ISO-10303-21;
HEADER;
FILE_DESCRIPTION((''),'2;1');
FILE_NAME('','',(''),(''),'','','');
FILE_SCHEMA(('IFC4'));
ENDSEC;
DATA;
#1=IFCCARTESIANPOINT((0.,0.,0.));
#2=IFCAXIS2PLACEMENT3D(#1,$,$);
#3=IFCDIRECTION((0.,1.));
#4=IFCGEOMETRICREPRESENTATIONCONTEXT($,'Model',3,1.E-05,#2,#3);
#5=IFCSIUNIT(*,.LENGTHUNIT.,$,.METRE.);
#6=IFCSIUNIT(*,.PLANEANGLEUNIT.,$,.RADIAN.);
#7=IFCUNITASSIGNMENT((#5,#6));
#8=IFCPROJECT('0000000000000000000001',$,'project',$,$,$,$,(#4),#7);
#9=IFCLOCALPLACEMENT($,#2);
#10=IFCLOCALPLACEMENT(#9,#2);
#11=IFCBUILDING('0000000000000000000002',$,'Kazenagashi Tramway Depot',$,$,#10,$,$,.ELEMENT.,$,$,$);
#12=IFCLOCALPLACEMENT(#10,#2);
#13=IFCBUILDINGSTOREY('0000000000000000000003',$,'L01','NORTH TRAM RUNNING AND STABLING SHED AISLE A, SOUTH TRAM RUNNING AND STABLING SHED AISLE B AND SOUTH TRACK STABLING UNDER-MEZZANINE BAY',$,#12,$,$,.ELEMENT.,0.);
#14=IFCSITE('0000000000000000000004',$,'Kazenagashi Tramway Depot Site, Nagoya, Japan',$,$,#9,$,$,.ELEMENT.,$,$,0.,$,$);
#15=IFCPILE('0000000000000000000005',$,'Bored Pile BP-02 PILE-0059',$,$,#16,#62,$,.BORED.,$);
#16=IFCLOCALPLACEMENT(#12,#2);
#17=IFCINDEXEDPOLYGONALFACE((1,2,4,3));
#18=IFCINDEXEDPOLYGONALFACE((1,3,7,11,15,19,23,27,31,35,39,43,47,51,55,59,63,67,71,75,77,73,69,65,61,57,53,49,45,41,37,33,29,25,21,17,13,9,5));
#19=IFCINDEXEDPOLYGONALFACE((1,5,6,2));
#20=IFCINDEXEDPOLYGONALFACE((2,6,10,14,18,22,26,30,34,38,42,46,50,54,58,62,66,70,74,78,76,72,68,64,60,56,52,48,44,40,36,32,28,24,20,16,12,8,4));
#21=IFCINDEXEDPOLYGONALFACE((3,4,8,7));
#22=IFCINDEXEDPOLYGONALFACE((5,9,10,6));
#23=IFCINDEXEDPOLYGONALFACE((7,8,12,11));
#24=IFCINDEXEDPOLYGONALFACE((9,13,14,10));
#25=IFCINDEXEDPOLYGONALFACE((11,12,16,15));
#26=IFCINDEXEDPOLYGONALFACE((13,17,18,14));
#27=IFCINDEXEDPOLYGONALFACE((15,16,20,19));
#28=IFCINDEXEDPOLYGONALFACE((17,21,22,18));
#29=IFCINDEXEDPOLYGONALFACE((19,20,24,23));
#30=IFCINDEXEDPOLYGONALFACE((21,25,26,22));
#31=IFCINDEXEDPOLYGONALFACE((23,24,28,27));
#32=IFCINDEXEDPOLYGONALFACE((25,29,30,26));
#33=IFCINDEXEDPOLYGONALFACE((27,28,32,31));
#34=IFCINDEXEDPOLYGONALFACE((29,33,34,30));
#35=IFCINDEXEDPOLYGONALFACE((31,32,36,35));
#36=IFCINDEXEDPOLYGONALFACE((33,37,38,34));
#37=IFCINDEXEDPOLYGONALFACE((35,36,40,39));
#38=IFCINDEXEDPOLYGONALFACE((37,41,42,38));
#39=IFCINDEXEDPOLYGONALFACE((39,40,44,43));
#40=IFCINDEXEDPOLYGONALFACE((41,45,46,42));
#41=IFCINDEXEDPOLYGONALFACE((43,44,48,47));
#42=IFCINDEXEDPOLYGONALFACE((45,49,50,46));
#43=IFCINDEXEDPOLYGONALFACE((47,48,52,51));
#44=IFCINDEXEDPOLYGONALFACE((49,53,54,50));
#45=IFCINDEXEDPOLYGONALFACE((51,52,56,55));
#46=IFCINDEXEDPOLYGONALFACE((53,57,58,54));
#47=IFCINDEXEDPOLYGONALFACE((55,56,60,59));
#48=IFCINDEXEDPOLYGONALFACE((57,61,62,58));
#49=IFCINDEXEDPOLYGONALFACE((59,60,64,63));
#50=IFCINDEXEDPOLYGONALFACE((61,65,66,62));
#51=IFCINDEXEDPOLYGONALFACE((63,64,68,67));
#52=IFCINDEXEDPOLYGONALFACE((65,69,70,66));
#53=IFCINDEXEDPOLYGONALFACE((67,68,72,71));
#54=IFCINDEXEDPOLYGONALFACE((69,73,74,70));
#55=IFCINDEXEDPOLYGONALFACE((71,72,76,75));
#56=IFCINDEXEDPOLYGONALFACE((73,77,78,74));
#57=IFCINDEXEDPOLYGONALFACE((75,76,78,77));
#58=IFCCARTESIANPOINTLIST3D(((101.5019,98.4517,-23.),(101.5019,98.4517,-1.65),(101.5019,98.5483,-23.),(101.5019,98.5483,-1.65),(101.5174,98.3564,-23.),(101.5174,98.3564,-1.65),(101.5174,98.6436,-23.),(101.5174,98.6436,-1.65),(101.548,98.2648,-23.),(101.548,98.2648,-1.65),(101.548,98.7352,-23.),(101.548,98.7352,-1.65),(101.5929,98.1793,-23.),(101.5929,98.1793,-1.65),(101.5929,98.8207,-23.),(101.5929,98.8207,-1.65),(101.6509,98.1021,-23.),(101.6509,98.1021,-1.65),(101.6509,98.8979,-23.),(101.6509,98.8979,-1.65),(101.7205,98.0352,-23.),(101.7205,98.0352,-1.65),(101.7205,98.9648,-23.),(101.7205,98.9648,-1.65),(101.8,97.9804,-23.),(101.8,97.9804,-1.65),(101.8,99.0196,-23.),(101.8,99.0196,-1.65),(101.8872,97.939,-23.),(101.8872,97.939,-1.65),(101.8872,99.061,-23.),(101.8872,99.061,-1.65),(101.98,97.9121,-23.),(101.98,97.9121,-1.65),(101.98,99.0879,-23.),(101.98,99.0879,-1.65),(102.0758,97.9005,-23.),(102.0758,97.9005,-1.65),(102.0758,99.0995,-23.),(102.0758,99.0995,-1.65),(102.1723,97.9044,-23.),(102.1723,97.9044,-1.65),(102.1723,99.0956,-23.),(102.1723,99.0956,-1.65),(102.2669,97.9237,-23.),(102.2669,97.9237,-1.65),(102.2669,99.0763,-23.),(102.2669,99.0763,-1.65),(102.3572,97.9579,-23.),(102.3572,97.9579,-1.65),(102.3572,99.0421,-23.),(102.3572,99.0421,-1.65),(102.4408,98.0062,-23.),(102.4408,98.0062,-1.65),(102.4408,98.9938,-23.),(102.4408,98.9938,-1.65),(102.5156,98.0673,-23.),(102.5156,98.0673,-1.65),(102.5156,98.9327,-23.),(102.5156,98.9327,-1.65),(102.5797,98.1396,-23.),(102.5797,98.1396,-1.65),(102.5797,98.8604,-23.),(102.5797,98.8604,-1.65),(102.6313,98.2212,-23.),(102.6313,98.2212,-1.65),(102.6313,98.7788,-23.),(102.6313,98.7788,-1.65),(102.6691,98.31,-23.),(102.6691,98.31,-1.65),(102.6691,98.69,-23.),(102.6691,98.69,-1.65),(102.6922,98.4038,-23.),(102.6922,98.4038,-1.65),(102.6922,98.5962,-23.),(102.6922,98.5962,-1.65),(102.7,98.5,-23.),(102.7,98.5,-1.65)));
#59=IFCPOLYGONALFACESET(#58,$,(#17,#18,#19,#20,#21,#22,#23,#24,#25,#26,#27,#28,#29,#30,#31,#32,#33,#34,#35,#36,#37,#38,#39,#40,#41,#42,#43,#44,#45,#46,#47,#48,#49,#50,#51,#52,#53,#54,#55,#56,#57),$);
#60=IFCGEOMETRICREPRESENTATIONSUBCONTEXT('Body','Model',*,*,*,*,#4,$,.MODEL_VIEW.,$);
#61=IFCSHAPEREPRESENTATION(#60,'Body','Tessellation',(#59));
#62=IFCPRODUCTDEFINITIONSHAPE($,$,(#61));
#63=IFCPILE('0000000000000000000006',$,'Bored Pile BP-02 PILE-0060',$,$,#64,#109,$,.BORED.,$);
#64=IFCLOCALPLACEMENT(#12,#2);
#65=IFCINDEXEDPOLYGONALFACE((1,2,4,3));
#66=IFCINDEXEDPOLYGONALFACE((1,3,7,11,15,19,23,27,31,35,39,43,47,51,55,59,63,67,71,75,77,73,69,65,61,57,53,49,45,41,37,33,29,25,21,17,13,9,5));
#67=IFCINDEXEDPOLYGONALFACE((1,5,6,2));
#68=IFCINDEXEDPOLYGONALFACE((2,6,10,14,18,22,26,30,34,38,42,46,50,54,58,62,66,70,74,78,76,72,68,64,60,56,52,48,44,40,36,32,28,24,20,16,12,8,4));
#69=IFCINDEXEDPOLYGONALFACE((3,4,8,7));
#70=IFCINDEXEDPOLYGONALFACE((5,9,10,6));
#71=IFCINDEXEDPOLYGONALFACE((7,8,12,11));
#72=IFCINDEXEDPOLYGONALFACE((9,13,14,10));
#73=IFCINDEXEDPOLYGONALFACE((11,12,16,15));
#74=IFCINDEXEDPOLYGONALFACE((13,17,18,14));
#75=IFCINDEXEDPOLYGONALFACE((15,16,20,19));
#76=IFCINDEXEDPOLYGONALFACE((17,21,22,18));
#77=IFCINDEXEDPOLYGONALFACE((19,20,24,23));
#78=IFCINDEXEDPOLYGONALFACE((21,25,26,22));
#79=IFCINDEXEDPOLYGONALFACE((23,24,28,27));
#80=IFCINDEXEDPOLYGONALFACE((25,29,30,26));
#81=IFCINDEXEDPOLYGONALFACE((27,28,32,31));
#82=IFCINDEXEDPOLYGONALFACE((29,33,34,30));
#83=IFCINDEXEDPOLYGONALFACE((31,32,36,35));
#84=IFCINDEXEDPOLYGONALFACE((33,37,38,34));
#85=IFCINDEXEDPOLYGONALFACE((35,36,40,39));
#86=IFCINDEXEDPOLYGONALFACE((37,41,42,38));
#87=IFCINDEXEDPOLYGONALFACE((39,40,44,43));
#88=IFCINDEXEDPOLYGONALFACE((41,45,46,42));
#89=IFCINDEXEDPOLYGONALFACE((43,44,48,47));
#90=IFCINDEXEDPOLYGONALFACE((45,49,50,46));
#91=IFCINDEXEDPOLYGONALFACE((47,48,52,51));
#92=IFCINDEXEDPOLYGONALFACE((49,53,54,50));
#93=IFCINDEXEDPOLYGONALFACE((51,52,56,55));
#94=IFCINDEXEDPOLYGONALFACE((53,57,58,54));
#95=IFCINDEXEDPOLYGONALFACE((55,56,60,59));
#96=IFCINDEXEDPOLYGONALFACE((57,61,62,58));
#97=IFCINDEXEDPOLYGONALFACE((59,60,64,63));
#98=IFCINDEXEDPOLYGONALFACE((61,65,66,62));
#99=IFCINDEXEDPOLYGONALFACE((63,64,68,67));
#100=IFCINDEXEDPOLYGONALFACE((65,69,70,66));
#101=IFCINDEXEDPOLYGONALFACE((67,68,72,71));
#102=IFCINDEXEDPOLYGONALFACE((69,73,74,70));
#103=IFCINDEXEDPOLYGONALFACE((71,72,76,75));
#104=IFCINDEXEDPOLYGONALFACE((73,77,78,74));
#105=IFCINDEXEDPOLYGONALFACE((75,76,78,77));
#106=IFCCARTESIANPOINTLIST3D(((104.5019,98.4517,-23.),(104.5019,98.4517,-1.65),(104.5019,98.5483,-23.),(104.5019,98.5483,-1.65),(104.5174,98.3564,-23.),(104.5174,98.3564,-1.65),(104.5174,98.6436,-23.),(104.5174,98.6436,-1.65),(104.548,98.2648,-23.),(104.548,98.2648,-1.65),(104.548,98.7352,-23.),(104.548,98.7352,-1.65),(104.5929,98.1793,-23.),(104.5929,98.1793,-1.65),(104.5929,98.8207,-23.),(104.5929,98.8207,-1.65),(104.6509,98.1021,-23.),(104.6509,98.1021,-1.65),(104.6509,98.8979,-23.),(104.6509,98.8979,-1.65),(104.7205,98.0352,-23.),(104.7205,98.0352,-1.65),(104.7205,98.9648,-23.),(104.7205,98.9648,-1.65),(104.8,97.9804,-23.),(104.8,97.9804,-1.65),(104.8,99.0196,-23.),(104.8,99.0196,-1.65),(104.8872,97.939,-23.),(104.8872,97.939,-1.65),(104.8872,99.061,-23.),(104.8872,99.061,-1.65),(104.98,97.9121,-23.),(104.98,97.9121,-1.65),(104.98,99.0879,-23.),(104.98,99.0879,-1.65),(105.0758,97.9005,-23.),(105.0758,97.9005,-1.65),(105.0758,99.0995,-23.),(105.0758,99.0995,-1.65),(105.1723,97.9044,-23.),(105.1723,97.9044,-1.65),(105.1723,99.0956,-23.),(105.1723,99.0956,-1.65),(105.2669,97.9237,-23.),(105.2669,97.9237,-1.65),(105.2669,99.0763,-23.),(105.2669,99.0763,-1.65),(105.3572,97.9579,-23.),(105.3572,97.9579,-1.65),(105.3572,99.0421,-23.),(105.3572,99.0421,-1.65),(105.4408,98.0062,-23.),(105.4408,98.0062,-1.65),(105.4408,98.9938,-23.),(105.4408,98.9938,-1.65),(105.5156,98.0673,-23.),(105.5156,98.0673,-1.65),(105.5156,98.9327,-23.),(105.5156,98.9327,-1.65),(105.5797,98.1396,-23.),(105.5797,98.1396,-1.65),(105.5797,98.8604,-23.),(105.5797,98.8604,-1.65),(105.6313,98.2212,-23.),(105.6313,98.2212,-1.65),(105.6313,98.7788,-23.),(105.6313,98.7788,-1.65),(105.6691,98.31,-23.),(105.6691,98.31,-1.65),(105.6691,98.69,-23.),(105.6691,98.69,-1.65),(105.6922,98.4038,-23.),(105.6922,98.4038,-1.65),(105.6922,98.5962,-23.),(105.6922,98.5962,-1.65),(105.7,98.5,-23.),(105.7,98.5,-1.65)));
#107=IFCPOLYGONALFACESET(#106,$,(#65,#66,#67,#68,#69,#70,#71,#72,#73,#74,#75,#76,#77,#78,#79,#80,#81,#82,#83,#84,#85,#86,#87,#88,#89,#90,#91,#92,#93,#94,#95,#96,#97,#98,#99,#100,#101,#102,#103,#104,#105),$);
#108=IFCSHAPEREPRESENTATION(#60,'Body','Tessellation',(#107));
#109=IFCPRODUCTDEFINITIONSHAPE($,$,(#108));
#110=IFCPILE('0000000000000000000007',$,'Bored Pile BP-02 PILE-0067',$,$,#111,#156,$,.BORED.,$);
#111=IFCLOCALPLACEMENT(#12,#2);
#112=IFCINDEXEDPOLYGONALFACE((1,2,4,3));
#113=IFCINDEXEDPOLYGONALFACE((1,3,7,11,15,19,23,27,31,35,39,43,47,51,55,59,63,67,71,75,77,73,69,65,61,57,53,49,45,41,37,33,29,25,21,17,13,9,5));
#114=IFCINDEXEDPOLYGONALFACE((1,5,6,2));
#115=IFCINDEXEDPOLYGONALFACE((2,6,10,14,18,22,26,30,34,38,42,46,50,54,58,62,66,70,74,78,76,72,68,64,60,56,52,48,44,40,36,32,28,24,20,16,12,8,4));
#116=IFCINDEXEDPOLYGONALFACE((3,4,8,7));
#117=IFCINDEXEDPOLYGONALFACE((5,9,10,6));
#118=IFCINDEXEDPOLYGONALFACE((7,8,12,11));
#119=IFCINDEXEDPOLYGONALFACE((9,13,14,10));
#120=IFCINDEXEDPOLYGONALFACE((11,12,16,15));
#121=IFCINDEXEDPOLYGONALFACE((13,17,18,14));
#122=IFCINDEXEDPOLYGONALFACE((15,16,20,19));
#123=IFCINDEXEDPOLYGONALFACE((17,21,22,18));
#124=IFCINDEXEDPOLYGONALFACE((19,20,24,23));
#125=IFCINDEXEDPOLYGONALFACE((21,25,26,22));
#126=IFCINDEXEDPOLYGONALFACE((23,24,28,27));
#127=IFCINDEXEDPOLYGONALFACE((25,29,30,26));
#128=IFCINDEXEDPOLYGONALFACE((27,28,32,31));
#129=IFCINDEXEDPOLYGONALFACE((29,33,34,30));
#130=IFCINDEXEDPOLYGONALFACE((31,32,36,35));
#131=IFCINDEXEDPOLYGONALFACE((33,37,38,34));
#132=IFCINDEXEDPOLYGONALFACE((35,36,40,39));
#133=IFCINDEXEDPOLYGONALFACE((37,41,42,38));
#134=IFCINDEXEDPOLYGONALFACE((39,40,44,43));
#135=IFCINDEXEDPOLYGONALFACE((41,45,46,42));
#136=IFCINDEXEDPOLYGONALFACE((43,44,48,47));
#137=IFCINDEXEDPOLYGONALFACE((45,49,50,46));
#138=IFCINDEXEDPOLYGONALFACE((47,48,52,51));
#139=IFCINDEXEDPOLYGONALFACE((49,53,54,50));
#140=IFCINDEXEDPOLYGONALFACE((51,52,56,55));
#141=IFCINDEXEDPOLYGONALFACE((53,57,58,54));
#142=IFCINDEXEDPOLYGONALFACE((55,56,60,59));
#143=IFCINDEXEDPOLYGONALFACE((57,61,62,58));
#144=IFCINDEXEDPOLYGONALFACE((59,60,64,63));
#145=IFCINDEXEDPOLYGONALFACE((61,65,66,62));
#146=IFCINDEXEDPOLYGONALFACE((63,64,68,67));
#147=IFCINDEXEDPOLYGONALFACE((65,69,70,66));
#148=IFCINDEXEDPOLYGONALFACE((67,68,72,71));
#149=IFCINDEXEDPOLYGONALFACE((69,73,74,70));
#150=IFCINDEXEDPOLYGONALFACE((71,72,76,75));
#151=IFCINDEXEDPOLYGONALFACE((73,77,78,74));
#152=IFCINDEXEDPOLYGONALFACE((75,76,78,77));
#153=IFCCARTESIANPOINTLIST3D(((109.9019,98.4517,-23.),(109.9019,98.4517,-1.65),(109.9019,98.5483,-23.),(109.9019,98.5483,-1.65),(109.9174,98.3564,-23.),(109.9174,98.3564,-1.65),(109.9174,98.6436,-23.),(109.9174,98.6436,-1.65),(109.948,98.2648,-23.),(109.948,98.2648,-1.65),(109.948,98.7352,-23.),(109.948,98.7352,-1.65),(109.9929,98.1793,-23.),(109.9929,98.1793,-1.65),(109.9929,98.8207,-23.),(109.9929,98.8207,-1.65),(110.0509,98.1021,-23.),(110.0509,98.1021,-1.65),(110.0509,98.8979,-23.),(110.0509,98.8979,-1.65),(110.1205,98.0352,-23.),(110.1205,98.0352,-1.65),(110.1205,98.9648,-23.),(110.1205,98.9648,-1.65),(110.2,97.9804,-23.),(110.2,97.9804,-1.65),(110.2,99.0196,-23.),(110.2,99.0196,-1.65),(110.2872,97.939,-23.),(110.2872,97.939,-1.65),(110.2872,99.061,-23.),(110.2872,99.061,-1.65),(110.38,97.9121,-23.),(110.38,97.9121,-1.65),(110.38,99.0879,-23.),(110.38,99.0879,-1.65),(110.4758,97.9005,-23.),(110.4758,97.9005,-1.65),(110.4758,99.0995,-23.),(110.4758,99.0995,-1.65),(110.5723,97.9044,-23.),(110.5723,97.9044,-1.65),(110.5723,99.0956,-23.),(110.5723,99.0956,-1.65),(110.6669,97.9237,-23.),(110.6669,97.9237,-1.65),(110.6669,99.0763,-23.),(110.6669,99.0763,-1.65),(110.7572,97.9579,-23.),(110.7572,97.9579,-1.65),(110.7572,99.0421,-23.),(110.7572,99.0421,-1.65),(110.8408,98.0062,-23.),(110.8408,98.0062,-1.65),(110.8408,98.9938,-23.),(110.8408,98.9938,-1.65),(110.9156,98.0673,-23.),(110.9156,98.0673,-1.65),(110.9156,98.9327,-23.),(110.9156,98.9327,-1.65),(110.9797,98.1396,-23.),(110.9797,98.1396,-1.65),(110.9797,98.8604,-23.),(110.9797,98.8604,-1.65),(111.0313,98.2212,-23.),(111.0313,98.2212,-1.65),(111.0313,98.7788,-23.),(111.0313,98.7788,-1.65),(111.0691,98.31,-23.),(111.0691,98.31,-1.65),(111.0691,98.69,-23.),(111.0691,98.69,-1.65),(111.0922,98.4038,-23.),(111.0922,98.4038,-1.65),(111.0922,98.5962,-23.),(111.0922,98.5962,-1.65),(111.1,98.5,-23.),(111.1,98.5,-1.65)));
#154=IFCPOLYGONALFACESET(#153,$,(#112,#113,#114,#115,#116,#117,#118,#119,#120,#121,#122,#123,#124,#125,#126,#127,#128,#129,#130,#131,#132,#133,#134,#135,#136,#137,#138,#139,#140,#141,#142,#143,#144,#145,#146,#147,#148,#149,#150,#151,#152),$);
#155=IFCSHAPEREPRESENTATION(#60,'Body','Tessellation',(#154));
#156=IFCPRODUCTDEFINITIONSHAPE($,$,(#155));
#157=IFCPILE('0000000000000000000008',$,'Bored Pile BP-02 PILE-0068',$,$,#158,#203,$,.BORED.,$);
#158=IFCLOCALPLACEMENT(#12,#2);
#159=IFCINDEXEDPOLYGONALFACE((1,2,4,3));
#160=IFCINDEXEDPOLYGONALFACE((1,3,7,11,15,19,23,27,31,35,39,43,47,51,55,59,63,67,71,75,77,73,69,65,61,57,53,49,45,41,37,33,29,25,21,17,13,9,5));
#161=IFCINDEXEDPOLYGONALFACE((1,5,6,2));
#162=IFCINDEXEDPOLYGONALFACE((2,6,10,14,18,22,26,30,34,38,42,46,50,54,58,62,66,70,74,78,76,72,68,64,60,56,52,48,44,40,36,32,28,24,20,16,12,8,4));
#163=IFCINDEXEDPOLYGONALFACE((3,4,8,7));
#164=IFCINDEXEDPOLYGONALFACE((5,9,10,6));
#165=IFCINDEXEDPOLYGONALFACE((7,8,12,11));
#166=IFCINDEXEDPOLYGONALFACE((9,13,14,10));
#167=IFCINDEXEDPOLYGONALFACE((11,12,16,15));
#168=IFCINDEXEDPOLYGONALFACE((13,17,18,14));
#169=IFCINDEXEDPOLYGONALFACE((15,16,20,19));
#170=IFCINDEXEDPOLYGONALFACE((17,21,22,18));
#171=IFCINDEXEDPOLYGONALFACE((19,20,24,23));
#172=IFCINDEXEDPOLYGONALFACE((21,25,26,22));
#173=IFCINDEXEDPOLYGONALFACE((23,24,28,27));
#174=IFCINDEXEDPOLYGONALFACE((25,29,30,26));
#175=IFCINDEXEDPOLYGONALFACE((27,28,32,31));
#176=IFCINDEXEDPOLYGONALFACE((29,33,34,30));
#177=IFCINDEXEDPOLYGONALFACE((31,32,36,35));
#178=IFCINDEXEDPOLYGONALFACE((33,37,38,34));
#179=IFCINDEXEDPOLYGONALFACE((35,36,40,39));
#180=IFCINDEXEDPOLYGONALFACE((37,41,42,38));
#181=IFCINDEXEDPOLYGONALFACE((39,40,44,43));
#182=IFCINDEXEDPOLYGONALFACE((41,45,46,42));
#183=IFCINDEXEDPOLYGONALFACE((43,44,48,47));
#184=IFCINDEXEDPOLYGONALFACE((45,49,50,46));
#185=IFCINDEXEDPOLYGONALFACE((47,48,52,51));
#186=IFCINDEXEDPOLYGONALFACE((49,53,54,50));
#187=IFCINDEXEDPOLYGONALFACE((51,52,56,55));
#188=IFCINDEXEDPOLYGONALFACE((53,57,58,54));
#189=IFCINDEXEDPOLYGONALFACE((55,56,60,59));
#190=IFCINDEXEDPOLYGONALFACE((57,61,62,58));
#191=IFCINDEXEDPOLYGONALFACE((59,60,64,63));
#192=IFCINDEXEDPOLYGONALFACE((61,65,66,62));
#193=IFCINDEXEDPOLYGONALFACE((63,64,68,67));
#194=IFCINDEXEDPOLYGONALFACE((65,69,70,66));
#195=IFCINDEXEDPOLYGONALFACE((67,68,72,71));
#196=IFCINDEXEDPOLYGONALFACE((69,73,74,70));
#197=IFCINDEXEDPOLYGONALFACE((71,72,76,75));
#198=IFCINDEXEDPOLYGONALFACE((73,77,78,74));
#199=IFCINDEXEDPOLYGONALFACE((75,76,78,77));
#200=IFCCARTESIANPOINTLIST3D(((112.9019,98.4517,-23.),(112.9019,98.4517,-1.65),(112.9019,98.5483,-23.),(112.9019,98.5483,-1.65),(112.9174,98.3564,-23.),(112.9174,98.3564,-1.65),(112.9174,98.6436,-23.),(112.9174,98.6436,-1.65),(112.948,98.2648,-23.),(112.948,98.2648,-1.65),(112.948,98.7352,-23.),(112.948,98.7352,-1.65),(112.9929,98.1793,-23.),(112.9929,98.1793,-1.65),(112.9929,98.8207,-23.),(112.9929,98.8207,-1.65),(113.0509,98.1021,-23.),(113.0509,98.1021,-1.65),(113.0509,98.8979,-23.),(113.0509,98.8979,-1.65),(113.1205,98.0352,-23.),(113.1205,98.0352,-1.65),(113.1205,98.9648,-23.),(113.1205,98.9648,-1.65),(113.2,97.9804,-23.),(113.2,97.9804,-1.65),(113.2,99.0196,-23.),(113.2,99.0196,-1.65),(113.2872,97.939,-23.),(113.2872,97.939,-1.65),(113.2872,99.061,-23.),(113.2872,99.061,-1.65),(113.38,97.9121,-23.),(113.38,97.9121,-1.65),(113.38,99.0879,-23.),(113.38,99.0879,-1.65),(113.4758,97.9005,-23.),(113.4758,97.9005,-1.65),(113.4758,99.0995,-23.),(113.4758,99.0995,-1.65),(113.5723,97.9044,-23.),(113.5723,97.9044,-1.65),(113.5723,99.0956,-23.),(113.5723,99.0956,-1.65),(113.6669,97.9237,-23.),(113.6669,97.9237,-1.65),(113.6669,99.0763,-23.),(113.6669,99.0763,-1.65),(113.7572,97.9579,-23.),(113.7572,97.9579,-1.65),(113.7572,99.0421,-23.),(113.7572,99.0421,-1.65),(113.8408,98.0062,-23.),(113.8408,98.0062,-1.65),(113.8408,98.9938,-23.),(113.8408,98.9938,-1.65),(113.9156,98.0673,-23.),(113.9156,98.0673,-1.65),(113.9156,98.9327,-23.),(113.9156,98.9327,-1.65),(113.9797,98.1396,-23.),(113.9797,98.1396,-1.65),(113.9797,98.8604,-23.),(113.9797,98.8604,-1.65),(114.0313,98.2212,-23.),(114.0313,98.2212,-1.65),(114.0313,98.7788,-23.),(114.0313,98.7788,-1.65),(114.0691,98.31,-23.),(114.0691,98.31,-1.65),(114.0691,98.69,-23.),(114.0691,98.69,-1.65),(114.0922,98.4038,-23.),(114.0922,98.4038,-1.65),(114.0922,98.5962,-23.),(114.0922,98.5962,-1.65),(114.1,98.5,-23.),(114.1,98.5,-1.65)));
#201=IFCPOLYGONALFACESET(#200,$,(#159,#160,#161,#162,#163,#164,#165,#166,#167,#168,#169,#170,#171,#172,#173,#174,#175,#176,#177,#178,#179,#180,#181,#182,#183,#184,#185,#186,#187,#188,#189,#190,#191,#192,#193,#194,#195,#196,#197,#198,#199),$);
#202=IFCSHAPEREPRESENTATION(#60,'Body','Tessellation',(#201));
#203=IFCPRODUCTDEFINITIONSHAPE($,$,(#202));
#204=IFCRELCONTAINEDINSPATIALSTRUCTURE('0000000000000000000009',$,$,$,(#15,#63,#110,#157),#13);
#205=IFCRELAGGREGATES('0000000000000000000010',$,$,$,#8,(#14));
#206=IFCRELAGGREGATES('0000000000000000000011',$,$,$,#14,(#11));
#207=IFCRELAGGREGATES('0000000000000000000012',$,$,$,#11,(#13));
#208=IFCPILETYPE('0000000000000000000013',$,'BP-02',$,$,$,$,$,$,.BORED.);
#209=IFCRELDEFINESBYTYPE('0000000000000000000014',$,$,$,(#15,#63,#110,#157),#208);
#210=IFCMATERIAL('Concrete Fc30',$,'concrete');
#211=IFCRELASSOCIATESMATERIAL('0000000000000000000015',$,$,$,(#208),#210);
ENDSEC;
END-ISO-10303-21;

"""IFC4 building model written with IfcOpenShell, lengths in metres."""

from ifc_helpers import new_model, si_unit, direction, frame, origin, origin_2d, place, context, subcontext, project, spatial, circle, extrude, material, material_profile, profile_set, type_object, element, save


model = new_model("IFC4")

# Units and contexts
model_context = context("Model", 3, precision=1e-05, world=origin(), true_north=direction((0.0, 1.0)))
body_context = subcontext(model_context, "Body", "Model", "MODEL_VIEW")
ifc_project = project(units=[si_unit("LENGTHUNIT", "METRE"), si_unit("PLANEANGLEUNIT", "RADIAN")], contexts=[model_context])

# Site, building, storey
site_placement = place(None, origin())
site = spatial("IfcSite", under=ifc_project, at=site_placement, Name="Kazenagashi Tramway Depot Site, Nagoya, Japan", CompositionType="ELEMENT", RefElevation=0.0)
building_placement = place(site_placement, origin())
building = spatial("IfcBuilding", under=site, at=building_placement, Name="Kazenagashi Tramway Depot", CompositionType="ELEMENT")
storey_placement = place(building_placement, origin())
storey = spatial("IfcBuildingStorey", under=building, at=storey_placement, Name="L01", Description="NORTH TRAM RUNNING AND STABLING SHED AISLE A, SOUTH TRAM RUNNING AND STABLING SHED AISLE B AND SOUTH TRACK STABLING UNDER-MEZZANINE BAY", CompositionType="ELEMENT", Elevation=0.0)

# Piles
ifc_material_1 = material(Name="Concrete Fc30", Category="concrete")
ifc_material_profile_1 = material_profile(ifc_material_1, circle(Radius=0.6, at=origin_2d()), Name="PILE-1200")
ifc_profile_set_1 = profile_set([ifc_material_profile_1], Name="Concrete Fc30")
pile_type_1 = type_object("IfcPileType", Name="BP-02", PredefinedType="BORED", material=ifc_profile_set_1)
for number, where, z_axis, x_axis, name in (
    (1, (102.1, 98.5, -1.65), (0.0, 0.0, -1.0), (1.0, 0.0, 0.0), "Bored Pile BP-02 PILE-0059"),
    (2, (105.1, 98.5, -1.65), (0.0, 0.0, -1.0), (1.0, 0.0, 0.0), "Bored Pile BP-02 PILE-0060"),
    (3, (110.5, 98.5, -1.65), (0.0, 0.0, -1.0), (1.0, 0.0, 0.0), "Bored Pile BP-02 PILE-0067"),
    (4, (113.5, 98.5, -1.65), (0.0, 0.0, -1.0), (1.0, 0.0, 0.0), "Bored Pile BP-02 PILE-0068"),
):
    element("IfcPile", number, at=place(storey_placement, frame(where, z_axis=z_axis, x_axis=x_axis)), inside=storey, type_object=pile_type_1, Name=name, PredefinedType="BORED", context=body_context, shape_type="SweptSolid", body=[
        extrude(circle(Radius=0.6, at=origin_2d()), origin(), (0.0, 0.0, 1.0), 21.35),
    ])

save(model, "model.ifc")
